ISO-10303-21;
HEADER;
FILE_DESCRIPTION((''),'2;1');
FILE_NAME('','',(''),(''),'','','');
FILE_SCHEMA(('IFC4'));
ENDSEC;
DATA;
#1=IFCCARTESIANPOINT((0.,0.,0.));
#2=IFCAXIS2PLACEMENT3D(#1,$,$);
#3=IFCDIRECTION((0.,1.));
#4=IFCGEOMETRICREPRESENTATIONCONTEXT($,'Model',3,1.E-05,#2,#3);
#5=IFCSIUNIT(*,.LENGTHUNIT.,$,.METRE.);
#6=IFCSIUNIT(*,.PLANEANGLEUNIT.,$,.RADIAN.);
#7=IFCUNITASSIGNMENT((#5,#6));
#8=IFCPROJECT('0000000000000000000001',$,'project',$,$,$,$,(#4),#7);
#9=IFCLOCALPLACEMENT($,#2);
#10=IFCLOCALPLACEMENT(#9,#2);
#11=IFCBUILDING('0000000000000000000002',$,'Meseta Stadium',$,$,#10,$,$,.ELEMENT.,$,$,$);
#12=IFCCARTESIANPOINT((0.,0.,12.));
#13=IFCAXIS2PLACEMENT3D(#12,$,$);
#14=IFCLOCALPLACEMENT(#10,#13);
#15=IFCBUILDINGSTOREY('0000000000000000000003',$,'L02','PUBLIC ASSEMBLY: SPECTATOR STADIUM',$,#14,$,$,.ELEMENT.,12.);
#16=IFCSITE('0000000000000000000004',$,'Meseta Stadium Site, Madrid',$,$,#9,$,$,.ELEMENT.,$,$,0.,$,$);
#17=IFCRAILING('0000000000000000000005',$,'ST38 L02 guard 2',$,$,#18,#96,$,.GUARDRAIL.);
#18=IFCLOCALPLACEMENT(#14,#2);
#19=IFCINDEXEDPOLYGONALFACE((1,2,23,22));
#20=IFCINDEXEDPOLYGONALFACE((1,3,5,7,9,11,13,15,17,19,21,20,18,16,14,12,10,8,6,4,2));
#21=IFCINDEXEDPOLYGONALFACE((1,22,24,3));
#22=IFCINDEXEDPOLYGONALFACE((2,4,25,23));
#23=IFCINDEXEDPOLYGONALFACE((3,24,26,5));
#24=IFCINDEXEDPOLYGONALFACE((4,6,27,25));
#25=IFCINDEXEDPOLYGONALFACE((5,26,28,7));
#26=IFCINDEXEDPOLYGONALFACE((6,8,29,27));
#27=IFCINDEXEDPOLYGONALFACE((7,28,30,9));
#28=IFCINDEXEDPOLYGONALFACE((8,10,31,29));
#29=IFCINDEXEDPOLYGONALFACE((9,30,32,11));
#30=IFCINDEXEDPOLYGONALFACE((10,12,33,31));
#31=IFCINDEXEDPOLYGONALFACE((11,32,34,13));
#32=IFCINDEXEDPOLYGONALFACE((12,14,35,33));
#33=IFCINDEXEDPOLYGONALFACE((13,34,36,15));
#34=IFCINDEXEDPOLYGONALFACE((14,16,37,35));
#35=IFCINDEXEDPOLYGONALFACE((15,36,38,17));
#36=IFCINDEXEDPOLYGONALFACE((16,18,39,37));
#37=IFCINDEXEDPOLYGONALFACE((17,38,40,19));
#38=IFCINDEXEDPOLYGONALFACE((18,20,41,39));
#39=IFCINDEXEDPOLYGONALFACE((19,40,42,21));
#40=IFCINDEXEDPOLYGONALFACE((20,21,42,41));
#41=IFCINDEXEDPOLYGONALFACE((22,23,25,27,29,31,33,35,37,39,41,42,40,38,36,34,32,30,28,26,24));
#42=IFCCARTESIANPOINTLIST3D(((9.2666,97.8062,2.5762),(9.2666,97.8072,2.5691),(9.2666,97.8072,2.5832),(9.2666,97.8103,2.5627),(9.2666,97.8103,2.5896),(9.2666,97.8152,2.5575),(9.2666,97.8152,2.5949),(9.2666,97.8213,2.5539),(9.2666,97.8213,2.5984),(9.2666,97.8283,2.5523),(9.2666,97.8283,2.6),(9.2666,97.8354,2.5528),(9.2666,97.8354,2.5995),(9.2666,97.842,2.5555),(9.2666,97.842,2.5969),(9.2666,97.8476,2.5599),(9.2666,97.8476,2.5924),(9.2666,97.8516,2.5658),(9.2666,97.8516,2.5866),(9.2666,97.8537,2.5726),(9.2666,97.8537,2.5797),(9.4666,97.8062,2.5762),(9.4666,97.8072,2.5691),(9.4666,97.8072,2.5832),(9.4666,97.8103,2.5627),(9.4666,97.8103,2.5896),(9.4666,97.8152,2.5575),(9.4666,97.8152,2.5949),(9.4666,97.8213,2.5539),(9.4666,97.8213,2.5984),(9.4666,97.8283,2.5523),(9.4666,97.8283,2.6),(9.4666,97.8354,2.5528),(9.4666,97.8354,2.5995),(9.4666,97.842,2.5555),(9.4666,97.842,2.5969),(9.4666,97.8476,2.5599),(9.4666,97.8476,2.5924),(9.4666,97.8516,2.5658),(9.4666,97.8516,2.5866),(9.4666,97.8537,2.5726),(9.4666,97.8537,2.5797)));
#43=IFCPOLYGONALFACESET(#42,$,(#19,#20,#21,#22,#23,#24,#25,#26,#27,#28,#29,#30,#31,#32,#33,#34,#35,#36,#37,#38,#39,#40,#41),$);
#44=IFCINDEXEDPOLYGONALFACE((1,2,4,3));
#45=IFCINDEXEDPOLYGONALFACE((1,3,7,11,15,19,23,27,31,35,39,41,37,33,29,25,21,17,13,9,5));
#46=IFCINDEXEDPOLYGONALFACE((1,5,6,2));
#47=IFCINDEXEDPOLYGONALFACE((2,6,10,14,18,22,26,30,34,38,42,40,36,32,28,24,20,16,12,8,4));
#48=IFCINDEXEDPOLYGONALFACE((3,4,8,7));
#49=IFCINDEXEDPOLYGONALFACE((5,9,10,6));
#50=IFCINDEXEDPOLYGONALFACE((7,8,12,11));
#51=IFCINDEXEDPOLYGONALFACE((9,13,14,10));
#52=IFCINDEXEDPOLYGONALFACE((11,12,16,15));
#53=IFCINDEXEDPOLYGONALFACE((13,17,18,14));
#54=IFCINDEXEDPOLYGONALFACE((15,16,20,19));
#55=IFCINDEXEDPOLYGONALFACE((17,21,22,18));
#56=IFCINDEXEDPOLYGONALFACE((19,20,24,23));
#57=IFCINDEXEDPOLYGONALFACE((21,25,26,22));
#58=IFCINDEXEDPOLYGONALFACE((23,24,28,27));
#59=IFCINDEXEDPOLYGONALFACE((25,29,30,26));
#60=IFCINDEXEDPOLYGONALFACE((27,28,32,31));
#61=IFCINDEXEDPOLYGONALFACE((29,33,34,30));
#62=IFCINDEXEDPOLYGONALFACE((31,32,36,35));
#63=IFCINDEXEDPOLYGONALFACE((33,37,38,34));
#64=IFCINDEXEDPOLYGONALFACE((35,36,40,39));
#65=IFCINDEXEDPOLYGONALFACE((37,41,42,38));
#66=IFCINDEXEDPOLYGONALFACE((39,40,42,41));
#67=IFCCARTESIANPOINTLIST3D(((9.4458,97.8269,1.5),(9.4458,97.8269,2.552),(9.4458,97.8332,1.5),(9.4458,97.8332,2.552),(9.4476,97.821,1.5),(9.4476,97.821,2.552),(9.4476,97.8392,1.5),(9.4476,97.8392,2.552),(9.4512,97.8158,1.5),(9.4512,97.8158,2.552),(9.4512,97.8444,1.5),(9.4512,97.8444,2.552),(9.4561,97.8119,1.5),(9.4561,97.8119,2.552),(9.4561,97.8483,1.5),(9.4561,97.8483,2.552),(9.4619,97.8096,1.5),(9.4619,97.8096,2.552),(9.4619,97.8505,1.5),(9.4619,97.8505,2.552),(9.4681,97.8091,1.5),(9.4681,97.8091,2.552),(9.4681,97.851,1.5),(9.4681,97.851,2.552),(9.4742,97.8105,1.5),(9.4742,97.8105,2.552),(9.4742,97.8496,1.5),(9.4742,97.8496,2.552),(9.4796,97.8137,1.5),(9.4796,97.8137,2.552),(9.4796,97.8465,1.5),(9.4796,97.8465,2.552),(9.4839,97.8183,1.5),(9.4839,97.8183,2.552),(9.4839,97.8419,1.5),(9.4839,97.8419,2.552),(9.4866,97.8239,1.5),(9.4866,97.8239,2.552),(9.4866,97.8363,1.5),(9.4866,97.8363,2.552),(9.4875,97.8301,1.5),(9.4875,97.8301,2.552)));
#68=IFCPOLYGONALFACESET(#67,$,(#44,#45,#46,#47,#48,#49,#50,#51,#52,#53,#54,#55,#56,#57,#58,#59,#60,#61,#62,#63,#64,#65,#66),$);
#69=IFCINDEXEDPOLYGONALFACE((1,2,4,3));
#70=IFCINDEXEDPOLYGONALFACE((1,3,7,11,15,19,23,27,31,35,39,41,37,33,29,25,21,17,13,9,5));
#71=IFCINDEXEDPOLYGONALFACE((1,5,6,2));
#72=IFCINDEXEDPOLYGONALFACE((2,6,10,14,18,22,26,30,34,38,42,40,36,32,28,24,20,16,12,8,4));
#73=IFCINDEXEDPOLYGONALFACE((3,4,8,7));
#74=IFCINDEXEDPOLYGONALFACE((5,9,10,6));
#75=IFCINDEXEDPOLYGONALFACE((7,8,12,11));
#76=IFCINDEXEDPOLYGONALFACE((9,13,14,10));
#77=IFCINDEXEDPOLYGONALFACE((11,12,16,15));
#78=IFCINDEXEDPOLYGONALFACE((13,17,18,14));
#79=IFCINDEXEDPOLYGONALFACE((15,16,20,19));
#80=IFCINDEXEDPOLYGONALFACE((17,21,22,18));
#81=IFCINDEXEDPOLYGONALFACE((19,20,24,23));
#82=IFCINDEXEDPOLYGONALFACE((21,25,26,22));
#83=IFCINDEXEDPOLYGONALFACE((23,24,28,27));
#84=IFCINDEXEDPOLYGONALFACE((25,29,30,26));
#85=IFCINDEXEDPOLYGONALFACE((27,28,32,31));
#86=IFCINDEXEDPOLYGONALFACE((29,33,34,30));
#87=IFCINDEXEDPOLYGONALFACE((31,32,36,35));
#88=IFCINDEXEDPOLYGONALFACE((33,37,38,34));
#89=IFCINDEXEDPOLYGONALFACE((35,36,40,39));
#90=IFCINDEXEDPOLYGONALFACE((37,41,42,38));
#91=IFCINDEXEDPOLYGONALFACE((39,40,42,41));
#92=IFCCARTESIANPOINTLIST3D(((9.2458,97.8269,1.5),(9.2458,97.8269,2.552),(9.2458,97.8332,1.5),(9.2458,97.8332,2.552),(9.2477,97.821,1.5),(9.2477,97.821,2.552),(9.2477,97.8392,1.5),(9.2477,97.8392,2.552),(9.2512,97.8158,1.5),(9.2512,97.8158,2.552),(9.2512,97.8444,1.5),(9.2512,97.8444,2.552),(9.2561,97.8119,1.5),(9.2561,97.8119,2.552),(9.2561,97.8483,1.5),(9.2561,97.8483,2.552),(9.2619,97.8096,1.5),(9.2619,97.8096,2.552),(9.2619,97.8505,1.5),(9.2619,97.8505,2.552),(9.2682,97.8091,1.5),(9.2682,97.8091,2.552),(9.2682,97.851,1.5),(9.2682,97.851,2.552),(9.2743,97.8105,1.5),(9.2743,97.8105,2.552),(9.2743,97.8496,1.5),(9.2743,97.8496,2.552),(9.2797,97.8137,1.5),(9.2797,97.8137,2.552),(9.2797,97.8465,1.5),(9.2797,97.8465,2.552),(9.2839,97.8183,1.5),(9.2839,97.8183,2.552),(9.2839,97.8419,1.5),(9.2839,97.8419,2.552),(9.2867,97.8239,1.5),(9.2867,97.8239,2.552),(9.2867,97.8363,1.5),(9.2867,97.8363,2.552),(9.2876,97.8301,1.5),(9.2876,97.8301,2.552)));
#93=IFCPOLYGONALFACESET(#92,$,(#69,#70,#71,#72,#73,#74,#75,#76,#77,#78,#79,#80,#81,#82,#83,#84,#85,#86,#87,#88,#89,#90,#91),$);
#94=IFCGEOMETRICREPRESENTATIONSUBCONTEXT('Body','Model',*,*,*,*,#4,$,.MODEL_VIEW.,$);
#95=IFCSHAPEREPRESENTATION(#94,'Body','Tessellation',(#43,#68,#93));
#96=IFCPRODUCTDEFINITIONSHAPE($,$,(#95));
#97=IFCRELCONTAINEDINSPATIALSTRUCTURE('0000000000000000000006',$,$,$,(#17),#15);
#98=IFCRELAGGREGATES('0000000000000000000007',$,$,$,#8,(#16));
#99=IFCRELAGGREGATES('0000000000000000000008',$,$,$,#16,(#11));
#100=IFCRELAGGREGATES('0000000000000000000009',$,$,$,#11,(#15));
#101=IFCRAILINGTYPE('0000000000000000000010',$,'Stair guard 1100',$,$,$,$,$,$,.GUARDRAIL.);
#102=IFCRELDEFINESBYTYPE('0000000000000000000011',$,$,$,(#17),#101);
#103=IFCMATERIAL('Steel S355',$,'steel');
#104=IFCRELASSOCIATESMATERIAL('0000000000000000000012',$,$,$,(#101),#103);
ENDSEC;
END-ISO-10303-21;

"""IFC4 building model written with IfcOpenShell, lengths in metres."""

from ifc_helpers import new_model, si_unit, direction, frame, origin, origin_2d, place, context, subcontext, project, spatial, circle, extrude, material, type_object, element, save


model = new_model("IFC4")

# Units and contexts
model_context = context("Model", 3, precision=1e-05, world=origin(), true_north=direction((0.0, 1.0)))
body_context = subcontext(model_context, "Body", "Model", "MODEL_VIEW")
ifc_project = project(units=[si_unit("LENGTHUNIT", "METRE"), si_unit("PLANEANGLEUNIT", "RADIAN")], contexts=[model_context])

# Site, building, storey
site_placement = place(None, origin())
site = spatial("IfcSite", under=ifc_project, at=site_placement, Name="Meseta Stadium Site, Madrid", CompositionType="ELEMENT", RefElevation=0.0)
building_placement = place(site_placement, origin())
building = spatial("IfcBuilding", under=site, at=building_placement, Name="Meseta Stadium", CompositionType="ELEMENT")
storey_placement = place(building_placement, frame((0.0, 0.0, 12.0)))
storey = spatial("IfcBuildingStorey", under=building, at=storey_placement, Name="L02", Description="PUBLIC ASSEMBLY: SPECTATOR STADIUM", CompositionType="ELEMENT", Elevation=12.0)

# Railing
ifc_material_1 = material(Name="Steel S355", Category="steel")
railing_type_1 = type_object("IfcRailingType", Name="Stair guard 1100", PredefinedType="GUARDRAIL", material=ifc_material_1)
railing_1_placement = place(storey_placement, frame((9.4666, 97.8301, 1.5)))
element("IfcRailing", 1, at=railing_1_placement, inside=storey, type_object=railing_type_1, Name="ST38 L02 guard 2", PredefinedType="GUARDRAIL", context=body_context, shape_type="SweptSolid", body=[
    extrude(circle(Radius=0.0239, at=origin_2d()), frame((0.0, 0.0, 1.0762), z_axis=(-1.0, 0.0, 0.0), x_axis=(0.0, -1.0, 0.0)), (0.0, 0.0, 1.0), 0.2),
    extrude(circle(Radius=0.021, at=origin_2d()), origin(), (0.0, 0.0, 1.0), 1.052),
    extrude(circle(Radius=0.021, at=origin_2d()), frame((-0.2, 0.0, 0.0)), (0.0, 0.0, 1.0), 1.052),
])

save(model, "model.ifc")
